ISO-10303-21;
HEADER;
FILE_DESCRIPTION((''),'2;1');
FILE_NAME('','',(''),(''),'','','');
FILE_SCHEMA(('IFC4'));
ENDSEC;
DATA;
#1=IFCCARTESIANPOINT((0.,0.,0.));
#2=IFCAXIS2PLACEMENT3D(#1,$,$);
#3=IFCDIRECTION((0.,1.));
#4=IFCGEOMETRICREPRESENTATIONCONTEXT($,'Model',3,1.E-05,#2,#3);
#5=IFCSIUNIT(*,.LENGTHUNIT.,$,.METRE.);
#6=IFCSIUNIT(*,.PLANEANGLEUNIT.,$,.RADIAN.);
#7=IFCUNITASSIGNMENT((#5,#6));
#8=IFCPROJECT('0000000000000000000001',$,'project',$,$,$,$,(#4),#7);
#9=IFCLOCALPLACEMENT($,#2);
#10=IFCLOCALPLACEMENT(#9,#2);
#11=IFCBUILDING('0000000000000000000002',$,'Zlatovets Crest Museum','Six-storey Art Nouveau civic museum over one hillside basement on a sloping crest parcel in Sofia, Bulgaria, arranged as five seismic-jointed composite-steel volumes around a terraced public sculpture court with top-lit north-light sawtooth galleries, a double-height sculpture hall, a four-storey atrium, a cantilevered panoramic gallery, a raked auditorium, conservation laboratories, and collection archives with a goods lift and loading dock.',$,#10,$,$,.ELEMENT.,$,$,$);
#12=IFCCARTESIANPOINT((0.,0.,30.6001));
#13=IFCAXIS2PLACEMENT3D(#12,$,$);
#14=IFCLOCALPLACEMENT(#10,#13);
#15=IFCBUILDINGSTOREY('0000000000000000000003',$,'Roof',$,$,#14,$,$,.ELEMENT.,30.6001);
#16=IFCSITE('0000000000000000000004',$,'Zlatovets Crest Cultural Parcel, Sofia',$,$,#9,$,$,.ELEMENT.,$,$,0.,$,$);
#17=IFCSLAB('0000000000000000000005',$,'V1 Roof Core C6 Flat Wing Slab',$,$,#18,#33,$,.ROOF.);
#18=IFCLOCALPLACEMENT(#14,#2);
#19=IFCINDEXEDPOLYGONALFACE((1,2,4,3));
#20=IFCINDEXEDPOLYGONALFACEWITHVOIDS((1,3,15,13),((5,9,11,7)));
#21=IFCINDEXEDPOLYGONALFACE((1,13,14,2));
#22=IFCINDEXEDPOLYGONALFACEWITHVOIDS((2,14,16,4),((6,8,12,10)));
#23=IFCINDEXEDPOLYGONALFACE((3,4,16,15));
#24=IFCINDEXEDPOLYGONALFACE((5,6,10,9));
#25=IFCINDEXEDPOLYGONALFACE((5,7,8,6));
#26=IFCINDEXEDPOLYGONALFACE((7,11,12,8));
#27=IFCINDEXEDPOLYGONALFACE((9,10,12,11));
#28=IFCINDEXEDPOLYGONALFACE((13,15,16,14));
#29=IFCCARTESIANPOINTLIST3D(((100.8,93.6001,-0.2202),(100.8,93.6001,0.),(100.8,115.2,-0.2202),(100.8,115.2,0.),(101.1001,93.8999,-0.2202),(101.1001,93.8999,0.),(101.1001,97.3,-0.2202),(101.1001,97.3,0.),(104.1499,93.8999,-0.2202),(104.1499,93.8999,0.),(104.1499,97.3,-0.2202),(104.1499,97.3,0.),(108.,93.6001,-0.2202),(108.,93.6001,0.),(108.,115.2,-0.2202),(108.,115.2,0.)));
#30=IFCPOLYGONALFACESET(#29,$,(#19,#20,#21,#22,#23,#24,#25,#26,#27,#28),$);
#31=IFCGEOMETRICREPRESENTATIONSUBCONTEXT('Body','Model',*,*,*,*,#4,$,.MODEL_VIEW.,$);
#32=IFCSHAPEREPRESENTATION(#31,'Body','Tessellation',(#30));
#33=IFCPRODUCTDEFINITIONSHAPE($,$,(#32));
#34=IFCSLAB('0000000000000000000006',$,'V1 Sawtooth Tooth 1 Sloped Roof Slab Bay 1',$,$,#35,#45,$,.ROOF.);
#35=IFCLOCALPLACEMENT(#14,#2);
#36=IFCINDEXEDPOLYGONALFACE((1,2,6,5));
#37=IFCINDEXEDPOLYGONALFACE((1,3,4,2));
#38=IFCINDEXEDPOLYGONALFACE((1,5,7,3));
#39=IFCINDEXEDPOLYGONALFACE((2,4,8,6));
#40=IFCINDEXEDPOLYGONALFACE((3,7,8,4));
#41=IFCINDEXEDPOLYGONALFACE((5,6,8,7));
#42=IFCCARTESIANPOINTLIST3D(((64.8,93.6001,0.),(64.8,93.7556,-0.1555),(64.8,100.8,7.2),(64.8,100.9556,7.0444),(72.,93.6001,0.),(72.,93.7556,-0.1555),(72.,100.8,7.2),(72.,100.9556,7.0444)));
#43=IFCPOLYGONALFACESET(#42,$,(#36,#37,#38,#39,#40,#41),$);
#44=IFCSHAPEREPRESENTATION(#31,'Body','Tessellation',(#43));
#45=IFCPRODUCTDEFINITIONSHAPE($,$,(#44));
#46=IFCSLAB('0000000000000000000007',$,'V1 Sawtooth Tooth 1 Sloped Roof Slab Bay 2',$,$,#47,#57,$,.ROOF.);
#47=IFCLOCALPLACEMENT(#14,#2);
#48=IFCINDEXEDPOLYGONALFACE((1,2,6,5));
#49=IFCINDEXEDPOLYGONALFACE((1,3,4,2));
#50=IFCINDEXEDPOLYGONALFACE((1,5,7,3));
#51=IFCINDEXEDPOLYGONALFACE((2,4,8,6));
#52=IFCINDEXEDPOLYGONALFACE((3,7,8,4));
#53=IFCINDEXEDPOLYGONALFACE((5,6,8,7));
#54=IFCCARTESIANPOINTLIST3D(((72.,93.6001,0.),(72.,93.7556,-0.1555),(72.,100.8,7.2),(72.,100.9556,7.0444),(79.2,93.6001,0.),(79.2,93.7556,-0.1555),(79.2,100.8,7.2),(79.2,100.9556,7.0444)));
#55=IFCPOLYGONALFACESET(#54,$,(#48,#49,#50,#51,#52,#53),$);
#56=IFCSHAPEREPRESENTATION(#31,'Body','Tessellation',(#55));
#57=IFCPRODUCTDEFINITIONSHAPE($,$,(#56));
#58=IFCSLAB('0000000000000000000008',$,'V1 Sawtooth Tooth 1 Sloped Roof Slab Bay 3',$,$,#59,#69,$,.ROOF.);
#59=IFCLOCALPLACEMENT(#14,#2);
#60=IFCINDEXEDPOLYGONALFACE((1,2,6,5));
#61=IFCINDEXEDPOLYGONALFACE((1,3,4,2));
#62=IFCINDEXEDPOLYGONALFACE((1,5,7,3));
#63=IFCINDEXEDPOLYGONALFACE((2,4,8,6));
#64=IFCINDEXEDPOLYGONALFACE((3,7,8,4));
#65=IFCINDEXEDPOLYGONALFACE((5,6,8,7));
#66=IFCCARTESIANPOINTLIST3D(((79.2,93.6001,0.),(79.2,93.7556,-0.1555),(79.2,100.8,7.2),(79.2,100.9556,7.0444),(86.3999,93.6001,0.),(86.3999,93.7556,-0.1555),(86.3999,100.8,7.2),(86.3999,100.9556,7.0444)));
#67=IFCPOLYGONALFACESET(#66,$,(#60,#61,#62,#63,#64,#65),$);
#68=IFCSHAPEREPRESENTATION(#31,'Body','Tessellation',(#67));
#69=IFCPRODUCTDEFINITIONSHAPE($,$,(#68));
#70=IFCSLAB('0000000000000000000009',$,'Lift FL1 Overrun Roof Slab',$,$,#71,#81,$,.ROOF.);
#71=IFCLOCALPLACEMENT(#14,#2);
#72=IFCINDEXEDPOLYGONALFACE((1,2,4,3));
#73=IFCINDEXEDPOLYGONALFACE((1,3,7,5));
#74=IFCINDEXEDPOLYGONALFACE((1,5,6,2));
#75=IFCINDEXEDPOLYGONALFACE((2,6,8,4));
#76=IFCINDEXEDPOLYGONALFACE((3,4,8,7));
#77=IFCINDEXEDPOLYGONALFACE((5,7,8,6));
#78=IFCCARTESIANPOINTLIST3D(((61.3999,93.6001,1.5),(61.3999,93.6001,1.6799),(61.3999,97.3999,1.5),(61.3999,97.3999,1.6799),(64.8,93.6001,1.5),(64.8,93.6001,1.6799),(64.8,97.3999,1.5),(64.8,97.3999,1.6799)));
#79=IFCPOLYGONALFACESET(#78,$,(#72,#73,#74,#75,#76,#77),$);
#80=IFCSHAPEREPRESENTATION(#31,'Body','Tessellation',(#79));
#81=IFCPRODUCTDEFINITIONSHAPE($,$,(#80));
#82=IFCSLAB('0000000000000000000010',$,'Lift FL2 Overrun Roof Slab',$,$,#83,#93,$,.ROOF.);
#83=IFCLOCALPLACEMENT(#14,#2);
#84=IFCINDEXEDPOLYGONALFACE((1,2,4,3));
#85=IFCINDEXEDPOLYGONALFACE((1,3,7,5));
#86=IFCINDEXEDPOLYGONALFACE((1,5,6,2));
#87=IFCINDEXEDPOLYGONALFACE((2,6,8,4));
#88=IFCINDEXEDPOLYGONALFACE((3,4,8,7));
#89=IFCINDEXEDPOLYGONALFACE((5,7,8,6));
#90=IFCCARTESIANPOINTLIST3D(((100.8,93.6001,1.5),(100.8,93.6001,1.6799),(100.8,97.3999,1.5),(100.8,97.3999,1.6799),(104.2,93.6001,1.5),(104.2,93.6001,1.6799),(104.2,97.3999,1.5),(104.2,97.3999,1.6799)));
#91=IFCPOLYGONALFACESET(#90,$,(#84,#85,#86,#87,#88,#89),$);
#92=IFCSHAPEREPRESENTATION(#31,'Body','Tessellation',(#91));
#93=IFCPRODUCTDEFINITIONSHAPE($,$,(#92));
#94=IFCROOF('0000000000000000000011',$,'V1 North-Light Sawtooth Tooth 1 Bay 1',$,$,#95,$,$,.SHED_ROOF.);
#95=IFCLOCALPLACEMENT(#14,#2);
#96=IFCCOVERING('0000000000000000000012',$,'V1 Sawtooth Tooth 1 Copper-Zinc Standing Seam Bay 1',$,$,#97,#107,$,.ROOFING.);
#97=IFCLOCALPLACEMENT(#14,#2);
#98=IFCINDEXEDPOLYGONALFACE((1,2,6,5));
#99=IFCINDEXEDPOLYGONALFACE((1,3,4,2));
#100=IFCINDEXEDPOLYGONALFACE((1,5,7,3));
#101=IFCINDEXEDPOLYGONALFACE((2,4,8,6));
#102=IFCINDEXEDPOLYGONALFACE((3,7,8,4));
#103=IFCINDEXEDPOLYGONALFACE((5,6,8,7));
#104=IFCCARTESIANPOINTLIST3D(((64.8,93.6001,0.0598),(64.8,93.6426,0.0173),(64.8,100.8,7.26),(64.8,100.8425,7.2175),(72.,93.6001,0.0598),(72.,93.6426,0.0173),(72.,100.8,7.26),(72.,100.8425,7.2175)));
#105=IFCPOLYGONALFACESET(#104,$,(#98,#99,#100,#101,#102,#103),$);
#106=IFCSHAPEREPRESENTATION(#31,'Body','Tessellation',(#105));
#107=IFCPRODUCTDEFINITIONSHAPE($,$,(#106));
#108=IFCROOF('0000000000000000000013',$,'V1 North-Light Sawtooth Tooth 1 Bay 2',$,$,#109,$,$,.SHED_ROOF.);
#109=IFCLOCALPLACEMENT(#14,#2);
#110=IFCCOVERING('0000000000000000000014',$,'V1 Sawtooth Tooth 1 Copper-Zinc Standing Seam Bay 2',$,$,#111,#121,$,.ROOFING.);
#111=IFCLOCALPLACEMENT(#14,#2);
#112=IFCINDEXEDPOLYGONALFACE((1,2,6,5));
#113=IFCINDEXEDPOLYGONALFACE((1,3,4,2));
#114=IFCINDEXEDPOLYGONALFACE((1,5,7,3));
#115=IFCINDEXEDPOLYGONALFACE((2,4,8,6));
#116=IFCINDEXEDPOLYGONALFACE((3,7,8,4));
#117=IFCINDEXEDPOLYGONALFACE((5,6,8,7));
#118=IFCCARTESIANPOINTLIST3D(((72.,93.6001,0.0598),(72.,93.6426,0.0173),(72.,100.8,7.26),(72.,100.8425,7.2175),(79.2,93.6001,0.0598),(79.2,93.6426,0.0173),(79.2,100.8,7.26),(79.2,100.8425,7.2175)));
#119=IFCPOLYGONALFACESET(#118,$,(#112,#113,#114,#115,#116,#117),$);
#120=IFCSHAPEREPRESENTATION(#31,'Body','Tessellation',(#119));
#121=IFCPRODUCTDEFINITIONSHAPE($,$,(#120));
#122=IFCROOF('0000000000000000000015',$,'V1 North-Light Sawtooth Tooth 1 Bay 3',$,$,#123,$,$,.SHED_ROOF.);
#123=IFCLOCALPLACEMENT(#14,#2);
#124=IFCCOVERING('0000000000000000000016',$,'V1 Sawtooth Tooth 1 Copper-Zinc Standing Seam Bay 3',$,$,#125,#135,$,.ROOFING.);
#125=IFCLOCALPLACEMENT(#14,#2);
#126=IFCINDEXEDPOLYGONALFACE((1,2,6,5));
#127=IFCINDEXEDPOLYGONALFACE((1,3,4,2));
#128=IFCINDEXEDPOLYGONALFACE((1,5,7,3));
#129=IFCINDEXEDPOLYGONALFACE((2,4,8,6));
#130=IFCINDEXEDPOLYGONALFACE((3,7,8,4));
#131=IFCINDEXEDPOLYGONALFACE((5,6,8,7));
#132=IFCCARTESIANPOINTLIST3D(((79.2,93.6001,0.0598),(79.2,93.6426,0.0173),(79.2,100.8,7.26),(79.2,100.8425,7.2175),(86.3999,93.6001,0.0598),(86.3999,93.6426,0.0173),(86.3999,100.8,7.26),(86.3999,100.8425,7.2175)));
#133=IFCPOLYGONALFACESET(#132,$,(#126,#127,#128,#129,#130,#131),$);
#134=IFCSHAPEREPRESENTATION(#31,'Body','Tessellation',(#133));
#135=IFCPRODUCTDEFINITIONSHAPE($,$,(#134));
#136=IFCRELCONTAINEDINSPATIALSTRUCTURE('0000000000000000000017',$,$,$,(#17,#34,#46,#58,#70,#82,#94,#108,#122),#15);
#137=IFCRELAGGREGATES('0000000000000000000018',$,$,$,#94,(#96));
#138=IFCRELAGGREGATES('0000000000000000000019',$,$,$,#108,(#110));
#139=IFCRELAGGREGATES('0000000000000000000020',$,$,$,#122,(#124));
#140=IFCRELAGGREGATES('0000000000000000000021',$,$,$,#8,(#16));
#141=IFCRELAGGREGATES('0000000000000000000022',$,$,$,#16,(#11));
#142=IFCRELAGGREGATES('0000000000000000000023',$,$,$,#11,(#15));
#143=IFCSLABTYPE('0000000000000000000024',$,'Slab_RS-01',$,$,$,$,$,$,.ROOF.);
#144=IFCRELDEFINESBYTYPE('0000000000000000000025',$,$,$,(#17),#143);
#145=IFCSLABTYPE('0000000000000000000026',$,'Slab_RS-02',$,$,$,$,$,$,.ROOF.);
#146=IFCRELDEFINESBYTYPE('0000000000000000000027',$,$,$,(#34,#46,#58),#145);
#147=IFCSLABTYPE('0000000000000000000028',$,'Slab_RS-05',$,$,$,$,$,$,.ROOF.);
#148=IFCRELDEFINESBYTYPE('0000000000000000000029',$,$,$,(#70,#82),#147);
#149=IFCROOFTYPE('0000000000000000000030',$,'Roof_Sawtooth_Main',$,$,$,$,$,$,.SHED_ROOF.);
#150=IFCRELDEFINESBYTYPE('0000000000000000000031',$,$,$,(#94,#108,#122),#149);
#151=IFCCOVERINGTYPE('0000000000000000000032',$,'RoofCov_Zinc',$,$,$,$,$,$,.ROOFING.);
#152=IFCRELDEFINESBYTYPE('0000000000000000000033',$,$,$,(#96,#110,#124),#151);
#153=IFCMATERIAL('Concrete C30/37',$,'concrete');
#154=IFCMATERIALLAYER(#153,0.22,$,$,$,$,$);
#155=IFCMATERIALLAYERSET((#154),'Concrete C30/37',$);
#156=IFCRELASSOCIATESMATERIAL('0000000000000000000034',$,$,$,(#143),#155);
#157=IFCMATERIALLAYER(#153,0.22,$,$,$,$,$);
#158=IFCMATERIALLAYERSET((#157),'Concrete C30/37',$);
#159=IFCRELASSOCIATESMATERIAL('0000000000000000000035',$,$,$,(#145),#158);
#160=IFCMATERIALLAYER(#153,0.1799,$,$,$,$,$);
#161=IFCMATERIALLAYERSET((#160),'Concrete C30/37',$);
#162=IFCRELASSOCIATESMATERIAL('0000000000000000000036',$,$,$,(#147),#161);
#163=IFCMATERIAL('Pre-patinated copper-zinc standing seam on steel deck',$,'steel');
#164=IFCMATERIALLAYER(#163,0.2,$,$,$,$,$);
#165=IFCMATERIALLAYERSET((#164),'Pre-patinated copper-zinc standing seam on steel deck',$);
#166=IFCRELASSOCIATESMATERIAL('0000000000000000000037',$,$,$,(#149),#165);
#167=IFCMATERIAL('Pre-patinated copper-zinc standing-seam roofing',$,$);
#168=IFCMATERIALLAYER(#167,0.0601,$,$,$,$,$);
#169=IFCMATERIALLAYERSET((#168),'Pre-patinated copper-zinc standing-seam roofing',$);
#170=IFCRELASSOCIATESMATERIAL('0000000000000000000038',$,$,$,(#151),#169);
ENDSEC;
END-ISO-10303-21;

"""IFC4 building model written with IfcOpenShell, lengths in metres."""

from ifc_helpers import new_model, si_unit, direction, frame, origin, place, context, subcontext, project, spatial, polyline, outline, extrude, material, layer, layer_set, type_object, element, aggregate, save


model = new_model("IFC4")

# Units and contexts
model_context = context("Model", 3, precision=1e-05, world=origin(), true_north=direction((0.0, 1.0)))
body_context = subcontext(model_context, "Body", "Model", "MODEL_VIEW")
ifc_project = project(units=[si_unit("LENGTHUNIT", "METRE"), si_unit("PLANEANGLEUNIT", "RADIAN")], contexts=[model_context])

# Site, building, storey
site_placement = place(None, origin())
site = spatial("IfcSite", under=ifc_project, at=site_placement, Name="Zlatovets Crest Cultural Parcel, Sofia", CompositionType="ELEMENT", RefElevation=0.0)
building_placement = place(site_placement, origin())
building = spatial("IfcBuilding", under=site, at=building_placement, Name="Zlatovets Crest Museum", Description="Six-storey Art Nouveau civic museum over one hillside basement on a sloping crest parcel in Sofia, Bulgaria, arranged as five seismic-jointed composite-steel volumes around a terraced public sculpture court with top-lit north-light sawtooth galleries, a double-height sculpture hall, a four-storey atrium, a cantilevered panoramic gallery, a raked auditorium, conservation laboratories, and collection archives with a goods lift and loading dock.", CompositionType="ELEMENT")
storey_placement = place(building_placement, frame((0.0, 0.0, 30.6001)))
storey = spatial("IfcBuildingStorey", under=building, at=storey_placement, Name="Roof", CompositionType="ELEMENT", Elevation=30.6001)

# Slabs
ifc_material_1 = material(Name="Concrete C30/37", Category="concrete")
ifc_layer_1 = layer(ifc_material_1, 0.22)
ifc_layer_set_1 = layer_set([ifc_layer_1], Name="Concrete C30/37")
slab_type_1 = type_object("IfcSlabType", Name="Slab_RS-01", PredefinedType="ROOF", material=ifc_layer_set_1)
slab_1_placement = place(storey_placement, frame((0.0, 0.0, -0.2202)))
element("IfcSlab", 1, at=slab_1_placement, inside=storey, type_object=slab_type_1, Name="V1 Roof Core C6 Flat Wing Slab", PredefinedType="ROOF", context=body_context, shape_type="SweptSolid", body=[
    extrude(outline(polyline([(100.8, 93.6001), (100.8, 115.2), (108.0, 115.2), (108.0, 93.6001), (100.8, 93.6001)]), holes=[polyline([(104.1499, 97.3), (101.1001, 97.3), (101.1001, 93.8999), (104.1499, 93.8999), (104.1499, 97.3)])]), origin(), (0.0, 0.0, 1.0), 0.2202),
])
ifc_layer_2 = layer(ifc_material_1, 0.22)
ifc_layer_set_2 = layer_set([ifc_layer_2], Name="Concrete C30/37")
slab_type_2 = type_object("IfcSlabType", Name="Slab_RS-02", PredefinedType="ROOF", material=ifc_layer_set_2)
for number, where, z_axis, x_axis, name in (
    (2, (64.8, 93.6001, 0.0), (0.0, -0.707107, 0.707107), (1.0, 0.0, 0.0), "V1 Sawtooth Tooth 1 Sloped Roof Slab Bay 1"),
    (3, (72.0, 93.6001, 0.0), (0.0, -0.707107, 0.707107), (1.0, 0.0, 0.0), "V1 Sawtooth Tooth 1 Sloped Roof Slab Bay 2"),
    (4, (79.2, 93.6001, 0.0), (0.0, -0.707107, 0.707107), (1.0, 0.0, 0.0), "V1 Sawtooth Tooth 1 Sloped Roof Slab Bay 3"),
):
    element("IfcSlab", number, at=place(storey_placement, frame(where, z_axis=z_axis, x_axis=x_axis)), inside=storey, type_object=slab_type_2, Name=name, PredefinedType="ROOF", context=body_context, shape_type="SweptSolid", body=[
        extrude(outline(polyline([(0.0, 0.0), (7.2, 0.0), (7.2, 10.1823), (0.0, 10.1823), (0.0, 0.0)])), origin(), (0.0, 0.0, -1.0), 0.22),
    ])
ifc_layer_3 = layer(ifc_material_1, 0.1799)
ifc_layer_set_3 = layer_set([ifc_layer_3], Name="Concrete C30/37")
slab_type_3 = type_object("IfcSlabType", Name="Slab_RS-05", PredefinedType="ROOF", material=ifc_layer_set_3)
slab_2_placement = place(storey_placement, frame((0.0, 0.0, 1.5)))
element("IfcSlab", 5, at=slab_2_placement, inside=storey, type_object=slab_type_3, Name="Lift FL1 Overrun Roof Slab", PredefinedType="ROOF", context=body_context, shape_type="SweptSolid", body=[
    extrude(outline(polyline([(61.3999, 93.6001), (64.8, 93.6001), (64.8, 97.3999), (61.3999, 97.3999), (61.3999, 93.6001)])), origin(), (0.0, 0.0, 1.0), 0.1799),
])
slab_3_placement = place(storey_placement, frame((0.0, 0.0, 1.5)))
element("IfcSlab", 6, at=slab_3_placement, inside=storey, type_object=slab_type_3, Name="Lift FL2 Overrun Roof Slab", PredefinedType="ROOF", context=body_context, shape_type="SweptSolid", body=[
    extrude(outline(polyline([(100.8, 93.6001), (104.2, 93.6001), (104.2, 97.3999), (100.8, 97.3999), (100.8, 93.6001)])), origin(), (0.0, 0.0, 1.0), 0.1799),
])

# Roofs, coverings
ifc_material_2 = material(Name="Pre-patinated copper-zinc standing seam on steel deck", Category="steel")
ifc_layer_4 = layer(ifc_material_2, 0.2)
ifc_layer_set_4 = layer_set([ifc_layer_4], Name="Pre-patinated copper-zinc standing seam on steel deck")
roof_type = type_object("IfcRoofType", Name="Roof_Sawtooth_Main", PredefinedType="SHED_ROOF", material=ifc_layer_set_4)
roof_1_placement = place(storey_placement, origin())
roof_1 = element("IfcRoof", 7, at=roof_1_placement, inside=storey, type_object=roof_type, Name="V1 North-Light Sawtooth Tooth 1 Bay 1", PredefinedType="SHED_ROOF")
ifc_material_3 = material(Name="Pre-patinated copper-zinc standing-seam roofing")
ifc_layer_5 = layer(ifc_material_3, 0.0601)
ifc_layer_set_5 = layer_set([ifc_layer_5], Name="Pre-patinated copper-zinc standing-seam roofing")
covering_type = type_object("IfcCoveringType", Name="RoofCov_Zinc", PredefinedType="ROOFING", material=ifc_layer_set_5)
covering_1_placement = place(storey_placement, frame((64.8, 93.6001, 0.0598), z_axis=(0.0, -0.707119, 0.707095), x_axis=(1.0, 0.0, 0.0)))
covering_1 = element("IfcCovering", 8, at=covering_1_placement, type_object=covering_type, Name="V1 Sawtooth Tooth 1 Copper-Zinc Standing Seam Bay 1", PredefinedType="ROOFING", context=body_context, shape_type="SweptSolid", body=[
    extrude(outline(polyline([(0.0, 0.0), (7.2, 0.0), (7.2, 10.1824), (0.0, 10.1824), (0.0, 0.0)])), origin(), (0.0, 0.0, -1.0), 0.0601),
])
aggregate(roof_1, [covering_1])
roof_2_placement = place(storey_placement, origin())
roof_2 = element("IfcRoof", 9, at=roof_2_placement, inside=storey, type_object=roof_type, Name="V1 North-Light Sawtooth Tooth 1 Bay 2", PredefinedType="SHED_ROOF")
covering_2_placement = place(storey_placement, frame((72.0, 93.6001, 0.0598), z_axis=(0.0, -0.707119, 0.707095), x_axis=(1.0, 0.0, 0.0)))
covering_2 = element("IfcCovering", 10, at=covering_2_placement, type_object=covering_type, Name="V1 Sawtooth Tooth 1 Copper-Zinc Standing Seam Bay 2", PredefinedType="ROOFING", context=body_context, shape_type="SweptSolid", body=[
    extrude(outline(polyline([(0.0, 0.0), (7.2, 0.0), (7.2, 10.1824), (0.0, 10.1824), (0.0, 0.0)])), origin(), (0.0, 0.0, -1.0), 0.0601),
])
aggregate(roof_2, [covering_2])
roof_3_placement = place(storey_placement, origin())
roof_3 = element("IfcRoof", 11, at=roof_3_placement, inside=storey, type_object=roof_type, Name="V1 North-Light Sawtooth Tooth 1 Bay 3", PredefinedType="SHED_ROOF")
covering_3_placement = place(storey_placement, frame((79.2, 93.6001, 0.0598), z_axis=(0.0, -0.707119, 0.707095), x_axis=(1.0, 0.0, 0.0)))
covering_3 = element("IfcCovering", 12, at=covering_3_placement, type_object=covering_type, Name="V1 Sawtooth Tooth 1 Copper-Zinc Standing Seam Bay 3", PredefinedType="ROOFING", context=body_context, shape_type="SweptSolid", body=[
    extrude(outline(polyline([(0.0, 0.0), (7.2, 0.0), (7.2, 10.1824), (0.0, 10.1824), (0.0, 0.0)])), origin(), (0.0, 0.0, -1.0), 0.0601),
])
aggregate(roof_3, [covering_3])

save(model, "model.ifc")
